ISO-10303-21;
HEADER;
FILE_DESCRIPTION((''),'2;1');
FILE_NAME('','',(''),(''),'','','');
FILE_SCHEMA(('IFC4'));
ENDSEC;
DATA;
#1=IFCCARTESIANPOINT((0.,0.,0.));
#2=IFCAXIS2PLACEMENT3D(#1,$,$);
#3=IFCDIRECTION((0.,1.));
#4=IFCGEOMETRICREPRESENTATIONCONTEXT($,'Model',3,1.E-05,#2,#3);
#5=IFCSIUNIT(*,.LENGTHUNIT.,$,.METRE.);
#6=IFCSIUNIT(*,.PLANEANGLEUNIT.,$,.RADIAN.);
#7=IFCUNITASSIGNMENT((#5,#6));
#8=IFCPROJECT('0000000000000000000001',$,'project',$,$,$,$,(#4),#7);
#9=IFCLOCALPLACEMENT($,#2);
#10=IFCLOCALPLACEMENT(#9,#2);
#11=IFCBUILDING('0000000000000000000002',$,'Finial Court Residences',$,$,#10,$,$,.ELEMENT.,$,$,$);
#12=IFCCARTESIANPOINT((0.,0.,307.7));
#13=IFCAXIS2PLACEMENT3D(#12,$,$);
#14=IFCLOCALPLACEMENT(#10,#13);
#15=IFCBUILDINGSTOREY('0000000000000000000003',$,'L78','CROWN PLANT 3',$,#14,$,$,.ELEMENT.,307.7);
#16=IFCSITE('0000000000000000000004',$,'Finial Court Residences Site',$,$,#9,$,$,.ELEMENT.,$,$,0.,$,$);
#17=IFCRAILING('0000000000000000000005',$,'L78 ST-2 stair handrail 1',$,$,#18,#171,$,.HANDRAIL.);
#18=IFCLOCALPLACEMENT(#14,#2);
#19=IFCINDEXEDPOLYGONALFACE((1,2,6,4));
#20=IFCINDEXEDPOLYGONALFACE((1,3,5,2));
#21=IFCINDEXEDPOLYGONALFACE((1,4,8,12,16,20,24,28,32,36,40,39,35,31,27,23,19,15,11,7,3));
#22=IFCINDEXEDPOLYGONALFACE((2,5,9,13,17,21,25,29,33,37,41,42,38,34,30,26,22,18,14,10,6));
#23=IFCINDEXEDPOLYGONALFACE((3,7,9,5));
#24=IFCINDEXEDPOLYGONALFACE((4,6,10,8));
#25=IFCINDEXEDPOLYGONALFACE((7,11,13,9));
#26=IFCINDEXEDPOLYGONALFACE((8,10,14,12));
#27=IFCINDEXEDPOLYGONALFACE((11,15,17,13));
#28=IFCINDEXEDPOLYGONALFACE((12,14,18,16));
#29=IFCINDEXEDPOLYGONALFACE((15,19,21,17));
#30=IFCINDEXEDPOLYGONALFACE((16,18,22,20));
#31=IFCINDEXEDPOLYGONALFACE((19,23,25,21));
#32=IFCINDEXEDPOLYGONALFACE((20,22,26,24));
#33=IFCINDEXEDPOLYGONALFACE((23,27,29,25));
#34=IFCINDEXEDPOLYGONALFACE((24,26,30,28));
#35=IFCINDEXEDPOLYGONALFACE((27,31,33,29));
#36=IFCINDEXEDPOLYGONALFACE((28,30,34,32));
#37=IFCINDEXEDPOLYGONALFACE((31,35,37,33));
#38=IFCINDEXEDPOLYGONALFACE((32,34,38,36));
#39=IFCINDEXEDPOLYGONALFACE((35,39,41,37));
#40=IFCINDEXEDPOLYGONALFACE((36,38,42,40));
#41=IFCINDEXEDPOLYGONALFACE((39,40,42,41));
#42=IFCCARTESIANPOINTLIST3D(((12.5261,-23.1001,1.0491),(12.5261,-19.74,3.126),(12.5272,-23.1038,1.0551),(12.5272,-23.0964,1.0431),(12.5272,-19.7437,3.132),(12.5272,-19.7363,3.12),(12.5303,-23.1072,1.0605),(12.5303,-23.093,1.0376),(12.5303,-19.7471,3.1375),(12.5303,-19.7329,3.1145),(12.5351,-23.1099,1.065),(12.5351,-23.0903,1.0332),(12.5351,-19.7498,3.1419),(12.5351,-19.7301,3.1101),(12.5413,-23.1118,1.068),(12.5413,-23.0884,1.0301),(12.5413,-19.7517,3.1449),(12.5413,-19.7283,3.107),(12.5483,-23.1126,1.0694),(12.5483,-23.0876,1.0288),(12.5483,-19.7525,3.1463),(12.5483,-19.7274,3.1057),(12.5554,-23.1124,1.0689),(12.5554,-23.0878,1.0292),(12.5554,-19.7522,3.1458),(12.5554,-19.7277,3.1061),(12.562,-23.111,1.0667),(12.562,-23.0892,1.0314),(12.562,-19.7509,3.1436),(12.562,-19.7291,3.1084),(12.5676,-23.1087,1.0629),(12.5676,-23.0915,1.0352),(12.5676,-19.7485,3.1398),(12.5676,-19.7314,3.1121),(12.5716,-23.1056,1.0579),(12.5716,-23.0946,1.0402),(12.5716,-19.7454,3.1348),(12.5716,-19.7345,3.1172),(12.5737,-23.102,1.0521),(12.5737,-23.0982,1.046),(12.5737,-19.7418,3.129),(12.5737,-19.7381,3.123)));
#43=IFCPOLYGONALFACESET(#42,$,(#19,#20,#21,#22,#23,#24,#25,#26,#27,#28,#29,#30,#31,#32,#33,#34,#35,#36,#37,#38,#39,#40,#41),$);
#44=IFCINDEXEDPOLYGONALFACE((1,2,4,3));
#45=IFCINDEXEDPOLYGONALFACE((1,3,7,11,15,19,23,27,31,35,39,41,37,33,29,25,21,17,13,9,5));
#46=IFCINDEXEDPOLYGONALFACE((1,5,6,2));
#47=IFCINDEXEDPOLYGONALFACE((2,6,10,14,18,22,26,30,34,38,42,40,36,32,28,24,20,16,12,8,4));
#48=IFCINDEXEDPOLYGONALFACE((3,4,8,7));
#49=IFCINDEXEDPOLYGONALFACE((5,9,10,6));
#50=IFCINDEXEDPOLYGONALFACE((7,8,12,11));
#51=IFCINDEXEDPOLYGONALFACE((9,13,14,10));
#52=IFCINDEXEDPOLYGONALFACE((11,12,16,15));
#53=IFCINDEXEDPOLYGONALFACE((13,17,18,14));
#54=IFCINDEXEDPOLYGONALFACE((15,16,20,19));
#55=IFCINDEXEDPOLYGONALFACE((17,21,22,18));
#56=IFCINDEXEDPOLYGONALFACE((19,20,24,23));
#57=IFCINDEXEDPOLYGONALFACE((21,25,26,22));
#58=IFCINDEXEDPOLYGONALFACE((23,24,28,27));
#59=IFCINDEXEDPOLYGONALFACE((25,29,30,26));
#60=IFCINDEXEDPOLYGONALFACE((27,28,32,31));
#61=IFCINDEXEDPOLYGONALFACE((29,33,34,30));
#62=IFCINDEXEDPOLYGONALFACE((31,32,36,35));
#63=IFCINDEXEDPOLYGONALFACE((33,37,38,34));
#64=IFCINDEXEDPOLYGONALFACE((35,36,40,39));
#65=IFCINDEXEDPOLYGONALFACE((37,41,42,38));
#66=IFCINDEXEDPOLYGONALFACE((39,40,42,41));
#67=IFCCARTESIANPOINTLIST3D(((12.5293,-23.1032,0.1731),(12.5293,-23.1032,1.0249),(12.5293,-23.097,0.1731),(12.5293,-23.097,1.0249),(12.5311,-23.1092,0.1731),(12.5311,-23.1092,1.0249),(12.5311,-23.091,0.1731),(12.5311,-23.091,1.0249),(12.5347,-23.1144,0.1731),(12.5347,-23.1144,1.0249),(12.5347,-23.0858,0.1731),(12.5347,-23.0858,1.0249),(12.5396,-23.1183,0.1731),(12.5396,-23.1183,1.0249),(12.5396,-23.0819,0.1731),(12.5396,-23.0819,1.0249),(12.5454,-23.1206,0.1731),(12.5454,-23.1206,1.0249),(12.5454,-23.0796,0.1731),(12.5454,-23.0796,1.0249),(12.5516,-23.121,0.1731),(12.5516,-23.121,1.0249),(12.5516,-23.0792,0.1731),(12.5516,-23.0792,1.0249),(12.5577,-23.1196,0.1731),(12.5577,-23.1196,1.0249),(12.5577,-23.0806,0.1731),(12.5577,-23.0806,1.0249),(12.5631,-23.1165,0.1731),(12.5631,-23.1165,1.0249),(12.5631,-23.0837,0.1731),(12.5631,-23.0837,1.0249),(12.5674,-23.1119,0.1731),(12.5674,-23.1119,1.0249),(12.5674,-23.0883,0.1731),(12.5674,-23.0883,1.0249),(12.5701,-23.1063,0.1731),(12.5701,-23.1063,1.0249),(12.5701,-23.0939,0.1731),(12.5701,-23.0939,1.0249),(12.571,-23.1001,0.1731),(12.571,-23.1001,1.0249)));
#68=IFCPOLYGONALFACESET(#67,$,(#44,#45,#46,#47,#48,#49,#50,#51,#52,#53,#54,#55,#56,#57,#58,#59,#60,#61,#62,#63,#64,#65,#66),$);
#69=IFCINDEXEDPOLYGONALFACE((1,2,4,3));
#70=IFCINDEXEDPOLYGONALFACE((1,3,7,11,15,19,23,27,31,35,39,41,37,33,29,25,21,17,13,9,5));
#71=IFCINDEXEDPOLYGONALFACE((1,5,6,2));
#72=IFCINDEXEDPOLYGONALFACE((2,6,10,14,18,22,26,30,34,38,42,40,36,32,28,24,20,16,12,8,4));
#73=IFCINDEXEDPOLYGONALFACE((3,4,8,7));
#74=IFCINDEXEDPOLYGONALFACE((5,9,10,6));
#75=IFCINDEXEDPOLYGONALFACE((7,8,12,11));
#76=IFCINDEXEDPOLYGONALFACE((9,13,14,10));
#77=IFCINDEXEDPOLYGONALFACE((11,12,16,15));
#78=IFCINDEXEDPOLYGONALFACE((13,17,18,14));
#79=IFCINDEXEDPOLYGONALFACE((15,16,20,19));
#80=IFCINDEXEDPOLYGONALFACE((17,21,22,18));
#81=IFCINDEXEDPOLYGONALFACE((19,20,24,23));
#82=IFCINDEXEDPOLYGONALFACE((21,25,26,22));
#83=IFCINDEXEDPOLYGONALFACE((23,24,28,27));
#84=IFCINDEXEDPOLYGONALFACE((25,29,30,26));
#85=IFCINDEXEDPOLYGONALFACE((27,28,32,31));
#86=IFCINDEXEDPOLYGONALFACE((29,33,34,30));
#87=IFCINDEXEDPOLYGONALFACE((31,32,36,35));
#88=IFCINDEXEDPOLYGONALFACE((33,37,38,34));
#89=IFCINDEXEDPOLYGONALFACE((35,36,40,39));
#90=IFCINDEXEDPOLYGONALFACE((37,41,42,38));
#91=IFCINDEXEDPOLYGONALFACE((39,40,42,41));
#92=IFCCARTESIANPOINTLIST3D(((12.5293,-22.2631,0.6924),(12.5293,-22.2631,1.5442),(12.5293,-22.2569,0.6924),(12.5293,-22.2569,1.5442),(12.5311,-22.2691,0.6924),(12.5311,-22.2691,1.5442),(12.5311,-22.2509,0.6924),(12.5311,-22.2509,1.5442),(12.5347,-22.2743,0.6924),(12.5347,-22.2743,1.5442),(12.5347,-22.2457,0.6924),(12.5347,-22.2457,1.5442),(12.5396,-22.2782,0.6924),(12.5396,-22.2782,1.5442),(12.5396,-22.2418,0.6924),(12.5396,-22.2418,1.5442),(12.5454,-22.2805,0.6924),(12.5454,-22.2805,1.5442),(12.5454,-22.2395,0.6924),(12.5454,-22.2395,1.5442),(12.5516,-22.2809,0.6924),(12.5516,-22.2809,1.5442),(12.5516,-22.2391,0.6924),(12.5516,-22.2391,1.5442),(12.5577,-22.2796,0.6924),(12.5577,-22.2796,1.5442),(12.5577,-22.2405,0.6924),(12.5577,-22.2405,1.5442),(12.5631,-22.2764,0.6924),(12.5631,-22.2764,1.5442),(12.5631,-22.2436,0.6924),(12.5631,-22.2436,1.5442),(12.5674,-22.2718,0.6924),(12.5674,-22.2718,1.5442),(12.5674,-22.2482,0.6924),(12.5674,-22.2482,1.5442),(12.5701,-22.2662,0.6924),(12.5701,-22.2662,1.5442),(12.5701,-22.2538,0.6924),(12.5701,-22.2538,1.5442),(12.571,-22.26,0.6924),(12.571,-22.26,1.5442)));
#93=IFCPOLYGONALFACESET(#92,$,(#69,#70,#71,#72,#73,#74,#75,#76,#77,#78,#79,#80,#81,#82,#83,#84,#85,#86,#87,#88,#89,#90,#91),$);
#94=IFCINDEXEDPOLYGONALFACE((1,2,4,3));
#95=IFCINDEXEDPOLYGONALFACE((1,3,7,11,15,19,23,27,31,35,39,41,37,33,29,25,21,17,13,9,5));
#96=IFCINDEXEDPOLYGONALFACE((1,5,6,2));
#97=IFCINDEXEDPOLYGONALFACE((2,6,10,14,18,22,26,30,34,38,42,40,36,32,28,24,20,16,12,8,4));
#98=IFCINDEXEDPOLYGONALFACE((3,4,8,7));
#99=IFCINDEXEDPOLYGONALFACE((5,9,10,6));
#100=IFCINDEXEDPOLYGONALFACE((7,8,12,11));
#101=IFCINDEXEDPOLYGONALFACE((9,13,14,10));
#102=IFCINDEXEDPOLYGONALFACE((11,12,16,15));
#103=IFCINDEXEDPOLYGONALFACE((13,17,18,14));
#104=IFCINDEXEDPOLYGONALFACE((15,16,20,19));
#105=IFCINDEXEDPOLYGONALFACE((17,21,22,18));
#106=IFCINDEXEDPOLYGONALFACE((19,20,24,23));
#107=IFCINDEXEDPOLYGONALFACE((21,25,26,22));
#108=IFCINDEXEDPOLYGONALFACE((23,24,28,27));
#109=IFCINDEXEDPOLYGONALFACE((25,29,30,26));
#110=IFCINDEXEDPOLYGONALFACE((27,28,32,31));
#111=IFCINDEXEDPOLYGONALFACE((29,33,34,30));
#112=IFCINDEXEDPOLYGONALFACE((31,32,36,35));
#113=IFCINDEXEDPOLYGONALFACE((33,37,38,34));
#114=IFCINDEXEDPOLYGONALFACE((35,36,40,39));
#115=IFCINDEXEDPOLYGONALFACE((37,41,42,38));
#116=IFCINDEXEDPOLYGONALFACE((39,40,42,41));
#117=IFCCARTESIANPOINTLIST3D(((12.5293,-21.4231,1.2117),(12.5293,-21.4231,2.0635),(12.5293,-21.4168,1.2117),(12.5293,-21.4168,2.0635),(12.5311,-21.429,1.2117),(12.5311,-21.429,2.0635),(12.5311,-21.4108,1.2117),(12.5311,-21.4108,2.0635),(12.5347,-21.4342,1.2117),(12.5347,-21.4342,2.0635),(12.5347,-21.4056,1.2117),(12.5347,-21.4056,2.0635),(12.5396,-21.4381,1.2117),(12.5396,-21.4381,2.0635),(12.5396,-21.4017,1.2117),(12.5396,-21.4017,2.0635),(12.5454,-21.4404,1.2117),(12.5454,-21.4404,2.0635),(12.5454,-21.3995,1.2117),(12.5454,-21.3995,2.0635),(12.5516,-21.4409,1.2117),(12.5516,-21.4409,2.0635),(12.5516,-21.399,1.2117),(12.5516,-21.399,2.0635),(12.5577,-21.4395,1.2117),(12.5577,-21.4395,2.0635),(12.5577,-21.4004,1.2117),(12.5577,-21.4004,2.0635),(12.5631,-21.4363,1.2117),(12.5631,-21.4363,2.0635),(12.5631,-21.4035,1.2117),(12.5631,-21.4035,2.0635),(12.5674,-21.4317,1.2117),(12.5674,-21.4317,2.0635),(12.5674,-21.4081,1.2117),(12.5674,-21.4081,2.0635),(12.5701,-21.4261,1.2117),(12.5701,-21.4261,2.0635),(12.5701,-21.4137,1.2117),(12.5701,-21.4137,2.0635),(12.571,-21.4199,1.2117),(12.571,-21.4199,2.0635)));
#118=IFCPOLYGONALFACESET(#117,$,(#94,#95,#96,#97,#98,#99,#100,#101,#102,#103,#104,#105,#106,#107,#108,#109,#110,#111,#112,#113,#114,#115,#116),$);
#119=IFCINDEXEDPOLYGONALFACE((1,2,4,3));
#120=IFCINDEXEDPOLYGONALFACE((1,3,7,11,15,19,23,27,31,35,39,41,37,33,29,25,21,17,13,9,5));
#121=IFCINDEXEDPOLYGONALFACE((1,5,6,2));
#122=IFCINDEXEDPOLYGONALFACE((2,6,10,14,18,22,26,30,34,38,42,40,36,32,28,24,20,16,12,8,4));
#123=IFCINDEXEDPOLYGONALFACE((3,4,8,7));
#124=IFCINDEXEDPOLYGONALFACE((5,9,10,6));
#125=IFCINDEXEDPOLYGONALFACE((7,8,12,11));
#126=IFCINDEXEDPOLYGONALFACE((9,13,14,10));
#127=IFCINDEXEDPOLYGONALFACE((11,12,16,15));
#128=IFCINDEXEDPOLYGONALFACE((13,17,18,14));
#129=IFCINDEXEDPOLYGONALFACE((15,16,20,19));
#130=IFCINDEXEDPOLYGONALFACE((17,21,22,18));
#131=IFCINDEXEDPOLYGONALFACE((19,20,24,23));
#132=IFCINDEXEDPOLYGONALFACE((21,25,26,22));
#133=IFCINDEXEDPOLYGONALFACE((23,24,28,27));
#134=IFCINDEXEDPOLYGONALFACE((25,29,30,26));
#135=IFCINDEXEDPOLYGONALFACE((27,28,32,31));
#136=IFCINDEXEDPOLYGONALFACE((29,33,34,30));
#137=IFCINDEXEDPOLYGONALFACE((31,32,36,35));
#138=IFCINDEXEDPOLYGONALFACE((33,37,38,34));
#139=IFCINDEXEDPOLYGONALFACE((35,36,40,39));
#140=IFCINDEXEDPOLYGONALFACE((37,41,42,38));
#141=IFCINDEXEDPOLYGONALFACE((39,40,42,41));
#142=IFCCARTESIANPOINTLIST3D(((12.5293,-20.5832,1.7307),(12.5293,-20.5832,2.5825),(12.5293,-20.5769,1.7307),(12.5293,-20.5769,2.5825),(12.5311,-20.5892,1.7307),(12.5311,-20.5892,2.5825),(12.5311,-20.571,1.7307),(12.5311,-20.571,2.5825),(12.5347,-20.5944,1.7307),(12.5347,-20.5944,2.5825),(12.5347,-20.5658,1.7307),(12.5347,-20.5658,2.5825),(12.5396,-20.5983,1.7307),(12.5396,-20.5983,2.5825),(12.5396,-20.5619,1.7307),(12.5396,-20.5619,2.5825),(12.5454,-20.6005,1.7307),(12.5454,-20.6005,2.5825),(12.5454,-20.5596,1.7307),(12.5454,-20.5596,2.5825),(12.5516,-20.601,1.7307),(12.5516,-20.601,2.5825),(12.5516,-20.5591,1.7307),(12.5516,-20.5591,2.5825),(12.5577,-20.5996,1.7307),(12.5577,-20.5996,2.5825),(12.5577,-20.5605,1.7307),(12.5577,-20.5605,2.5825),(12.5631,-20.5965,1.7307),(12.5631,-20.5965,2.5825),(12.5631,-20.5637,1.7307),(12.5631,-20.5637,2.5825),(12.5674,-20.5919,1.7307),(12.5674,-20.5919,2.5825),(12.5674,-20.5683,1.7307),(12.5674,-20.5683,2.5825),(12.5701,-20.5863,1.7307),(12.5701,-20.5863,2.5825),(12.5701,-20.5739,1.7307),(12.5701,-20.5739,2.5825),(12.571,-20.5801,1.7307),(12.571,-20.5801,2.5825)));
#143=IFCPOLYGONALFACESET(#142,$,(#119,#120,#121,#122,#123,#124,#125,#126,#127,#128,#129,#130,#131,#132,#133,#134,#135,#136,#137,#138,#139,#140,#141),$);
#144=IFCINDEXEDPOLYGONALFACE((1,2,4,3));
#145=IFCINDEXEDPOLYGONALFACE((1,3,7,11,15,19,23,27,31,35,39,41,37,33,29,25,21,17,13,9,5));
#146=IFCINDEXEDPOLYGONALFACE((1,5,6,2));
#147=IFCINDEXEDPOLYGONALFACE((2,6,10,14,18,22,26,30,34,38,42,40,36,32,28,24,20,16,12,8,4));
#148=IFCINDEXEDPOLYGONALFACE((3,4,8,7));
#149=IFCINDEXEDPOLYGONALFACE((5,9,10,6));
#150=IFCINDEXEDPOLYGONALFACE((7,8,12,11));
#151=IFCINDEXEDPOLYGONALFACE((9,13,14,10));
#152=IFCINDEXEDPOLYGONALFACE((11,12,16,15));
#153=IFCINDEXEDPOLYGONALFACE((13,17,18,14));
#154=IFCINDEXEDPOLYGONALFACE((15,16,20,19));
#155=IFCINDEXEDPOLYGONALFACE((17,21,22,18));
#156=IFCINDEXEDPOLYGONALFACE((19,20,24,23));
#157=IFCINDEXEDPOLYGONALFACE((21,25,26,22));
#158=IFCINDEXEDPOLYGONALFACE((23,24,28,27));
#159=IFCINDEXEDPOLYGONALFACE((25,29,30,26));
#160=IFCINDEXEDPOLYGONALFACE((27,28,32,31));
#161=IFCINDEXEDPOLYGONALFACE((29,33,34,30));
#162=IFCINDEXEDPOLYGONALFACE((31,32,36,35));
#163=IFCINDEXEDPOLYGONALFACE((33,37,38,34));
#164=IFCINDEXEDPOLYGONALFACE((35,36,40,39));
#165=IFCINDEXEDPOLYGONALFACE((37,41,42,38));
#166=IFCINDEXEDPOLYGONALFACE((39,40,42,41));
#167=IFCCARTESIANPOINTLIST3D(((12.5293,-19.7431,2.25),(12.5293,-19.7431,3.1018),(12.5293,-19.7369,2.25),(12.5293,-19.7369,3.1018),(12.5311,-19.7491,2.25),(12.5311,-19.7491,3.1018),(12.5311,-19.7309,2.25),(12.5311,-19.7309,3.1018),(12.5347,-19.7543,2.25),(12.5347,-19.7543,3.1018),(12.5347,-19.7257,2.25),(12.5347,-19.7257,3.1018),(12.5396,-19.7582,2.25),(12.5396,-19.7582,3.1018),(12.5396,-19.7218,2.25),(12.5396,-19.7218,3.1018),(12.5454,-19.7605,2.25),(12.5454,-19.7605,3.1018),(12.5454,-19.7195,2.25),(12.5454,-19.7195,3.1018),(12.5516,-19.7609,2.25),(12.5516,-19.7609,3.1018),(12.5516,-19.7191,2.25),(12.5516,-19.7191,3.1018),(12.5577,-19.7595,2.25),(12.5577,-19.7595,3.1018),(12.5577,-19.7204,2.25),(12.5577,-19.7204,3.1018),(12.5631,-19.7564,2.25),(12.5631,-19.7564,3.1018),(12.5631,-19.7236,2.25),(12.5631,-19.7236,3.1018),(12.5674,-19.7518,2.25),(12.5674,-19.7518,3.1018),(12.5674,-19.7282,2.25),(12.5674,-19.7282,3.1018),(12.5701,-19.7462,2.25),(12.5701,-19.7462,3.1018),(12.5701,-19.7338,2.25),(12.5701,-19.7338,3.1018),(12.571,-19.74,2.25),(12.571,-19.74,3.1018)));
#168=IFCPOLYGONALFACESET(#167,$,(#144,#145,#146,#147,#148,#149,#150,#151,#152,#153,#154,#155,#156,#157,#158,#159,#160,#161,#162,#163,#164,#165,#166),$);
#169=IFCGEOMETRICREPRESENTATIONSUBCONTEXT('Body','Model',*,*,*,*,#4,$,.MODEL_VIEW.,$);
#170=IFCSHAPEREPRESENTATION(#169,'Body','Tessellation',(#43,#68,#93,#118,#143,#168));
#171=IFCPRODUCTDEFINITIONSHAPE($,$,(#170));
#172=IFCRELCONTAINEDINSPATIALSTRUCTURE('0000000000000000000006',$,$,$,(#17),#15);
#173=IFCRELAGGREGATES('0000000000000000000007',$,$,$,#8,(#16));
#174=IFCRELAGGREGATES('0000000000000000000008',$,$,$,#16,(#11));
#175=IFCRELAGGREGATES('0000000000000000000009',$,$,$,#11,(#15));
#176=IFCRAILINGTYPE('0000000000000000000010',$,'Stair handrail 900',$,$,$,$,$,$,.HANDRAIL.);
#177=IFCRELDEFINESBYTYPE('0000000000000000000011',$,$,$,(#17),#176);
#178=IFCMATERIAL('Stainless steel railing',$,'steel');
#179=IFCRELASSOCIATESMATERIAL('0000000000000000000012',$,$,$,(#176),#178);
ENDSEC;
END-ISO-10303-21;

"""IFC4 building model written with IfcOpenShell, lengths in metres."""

from ifc_helpers import new_model, si_unit, direction, frame, origin, origin_2d, place, context, subcontext, project, spatial, circle, extrude, material, type_object, element, save


model = new_model("IFC4")

# Units and contexts
model_context = context("Model", 3, precision=1e-05, world=origin(), true_north=direction((0.0, 1.0)))
body_context = subcontext(model_context, "Body", "Model", "MODEL_VIEW")
ifc_project = project(units=[si_unit("LENGTHUNIT", "METRE"), si_unit("PLANEANGLEUNIT", "RADIAN")], contexts=[model_context])

# Site, building, storey
site_placement = place(None, origin())
site = spatial("IfcSite", under=ifc_project, at=site_placement, Name="Finial Court Residences Site", CompositionType="ELEMENT", RefElevation=0.0)
building_placement = place(site_placement, origin())
building = spatial("IfcBuilding", under=site, at=building_placement, Name="Finial Court Residences", CompositionType="ELEMENT")
storey_placement = place(building_placement, frame((0.0, 0.0, 307.7)))
storey = spatial("IfcBuildingStorey", under=building, at=storey_placement, Name="L78", Description="CROWN PLANT 3", CompositionType="ELEMENT", Elevation=307.7)

# Railing
ifc_material_1 = material(Name="Stainless steel railing", Category="steel")
railing_type_1 = type_object("IfcRailingType", Name="Stair handrail 900", PredefinedType="HANDRAIL", material=ifc_material_1)
railing_1_placement = place(storey_placement, frame((12.55, -23.1001, 0.1731)))
element("IfcRailing", 1, at=railing_1_placement, inside=storey, type_object=railing_type_1, Name="L78 ST-2 stair handrail 1", PredefinedType="HANDRAIL", context=body_context, shape_type="SweptSolid", body=[
    extrude(circle(Radius=0.0239, at=origin_2d()), frame((0.0, 0.0, 0.876), z_axis=(0.0, 0.850623, 0.525776), x_axis=(-1.0, 0.0, 0.0)), (0.0, 0.0, 1.0), 3.9502),
    extrude(circle(Radius=0.021, at=origin_2d()), origin(), (0.0, 0.0, 1.0), 0.8518),
    extrude(circle(Radius=0.021, at=origin_2d()), frame((0.0, 0.8401, 0.5193)), (0.0, 0.0, 1.0), 0.8518),
    extrude(circle(Radius=0.021, at=origin_2d()), frame((0.0, 1.6802, 1.0386)), (0.0, 0.0, 1.0), 0.8518),
    extrude(circle(Radius=0.021, at=origin_2d()), frame((0.0, 2.52, 1.5576)), (0.0, 0.0, 1.0), 0.8518),
    extrude(circle(Radius=0.021, at=origin_2d()), frame((0.0, 3.3601, 2.0769)), (0.0, 0.0, 1.0), 0.8518),
])

save(model, "model.ifc")
